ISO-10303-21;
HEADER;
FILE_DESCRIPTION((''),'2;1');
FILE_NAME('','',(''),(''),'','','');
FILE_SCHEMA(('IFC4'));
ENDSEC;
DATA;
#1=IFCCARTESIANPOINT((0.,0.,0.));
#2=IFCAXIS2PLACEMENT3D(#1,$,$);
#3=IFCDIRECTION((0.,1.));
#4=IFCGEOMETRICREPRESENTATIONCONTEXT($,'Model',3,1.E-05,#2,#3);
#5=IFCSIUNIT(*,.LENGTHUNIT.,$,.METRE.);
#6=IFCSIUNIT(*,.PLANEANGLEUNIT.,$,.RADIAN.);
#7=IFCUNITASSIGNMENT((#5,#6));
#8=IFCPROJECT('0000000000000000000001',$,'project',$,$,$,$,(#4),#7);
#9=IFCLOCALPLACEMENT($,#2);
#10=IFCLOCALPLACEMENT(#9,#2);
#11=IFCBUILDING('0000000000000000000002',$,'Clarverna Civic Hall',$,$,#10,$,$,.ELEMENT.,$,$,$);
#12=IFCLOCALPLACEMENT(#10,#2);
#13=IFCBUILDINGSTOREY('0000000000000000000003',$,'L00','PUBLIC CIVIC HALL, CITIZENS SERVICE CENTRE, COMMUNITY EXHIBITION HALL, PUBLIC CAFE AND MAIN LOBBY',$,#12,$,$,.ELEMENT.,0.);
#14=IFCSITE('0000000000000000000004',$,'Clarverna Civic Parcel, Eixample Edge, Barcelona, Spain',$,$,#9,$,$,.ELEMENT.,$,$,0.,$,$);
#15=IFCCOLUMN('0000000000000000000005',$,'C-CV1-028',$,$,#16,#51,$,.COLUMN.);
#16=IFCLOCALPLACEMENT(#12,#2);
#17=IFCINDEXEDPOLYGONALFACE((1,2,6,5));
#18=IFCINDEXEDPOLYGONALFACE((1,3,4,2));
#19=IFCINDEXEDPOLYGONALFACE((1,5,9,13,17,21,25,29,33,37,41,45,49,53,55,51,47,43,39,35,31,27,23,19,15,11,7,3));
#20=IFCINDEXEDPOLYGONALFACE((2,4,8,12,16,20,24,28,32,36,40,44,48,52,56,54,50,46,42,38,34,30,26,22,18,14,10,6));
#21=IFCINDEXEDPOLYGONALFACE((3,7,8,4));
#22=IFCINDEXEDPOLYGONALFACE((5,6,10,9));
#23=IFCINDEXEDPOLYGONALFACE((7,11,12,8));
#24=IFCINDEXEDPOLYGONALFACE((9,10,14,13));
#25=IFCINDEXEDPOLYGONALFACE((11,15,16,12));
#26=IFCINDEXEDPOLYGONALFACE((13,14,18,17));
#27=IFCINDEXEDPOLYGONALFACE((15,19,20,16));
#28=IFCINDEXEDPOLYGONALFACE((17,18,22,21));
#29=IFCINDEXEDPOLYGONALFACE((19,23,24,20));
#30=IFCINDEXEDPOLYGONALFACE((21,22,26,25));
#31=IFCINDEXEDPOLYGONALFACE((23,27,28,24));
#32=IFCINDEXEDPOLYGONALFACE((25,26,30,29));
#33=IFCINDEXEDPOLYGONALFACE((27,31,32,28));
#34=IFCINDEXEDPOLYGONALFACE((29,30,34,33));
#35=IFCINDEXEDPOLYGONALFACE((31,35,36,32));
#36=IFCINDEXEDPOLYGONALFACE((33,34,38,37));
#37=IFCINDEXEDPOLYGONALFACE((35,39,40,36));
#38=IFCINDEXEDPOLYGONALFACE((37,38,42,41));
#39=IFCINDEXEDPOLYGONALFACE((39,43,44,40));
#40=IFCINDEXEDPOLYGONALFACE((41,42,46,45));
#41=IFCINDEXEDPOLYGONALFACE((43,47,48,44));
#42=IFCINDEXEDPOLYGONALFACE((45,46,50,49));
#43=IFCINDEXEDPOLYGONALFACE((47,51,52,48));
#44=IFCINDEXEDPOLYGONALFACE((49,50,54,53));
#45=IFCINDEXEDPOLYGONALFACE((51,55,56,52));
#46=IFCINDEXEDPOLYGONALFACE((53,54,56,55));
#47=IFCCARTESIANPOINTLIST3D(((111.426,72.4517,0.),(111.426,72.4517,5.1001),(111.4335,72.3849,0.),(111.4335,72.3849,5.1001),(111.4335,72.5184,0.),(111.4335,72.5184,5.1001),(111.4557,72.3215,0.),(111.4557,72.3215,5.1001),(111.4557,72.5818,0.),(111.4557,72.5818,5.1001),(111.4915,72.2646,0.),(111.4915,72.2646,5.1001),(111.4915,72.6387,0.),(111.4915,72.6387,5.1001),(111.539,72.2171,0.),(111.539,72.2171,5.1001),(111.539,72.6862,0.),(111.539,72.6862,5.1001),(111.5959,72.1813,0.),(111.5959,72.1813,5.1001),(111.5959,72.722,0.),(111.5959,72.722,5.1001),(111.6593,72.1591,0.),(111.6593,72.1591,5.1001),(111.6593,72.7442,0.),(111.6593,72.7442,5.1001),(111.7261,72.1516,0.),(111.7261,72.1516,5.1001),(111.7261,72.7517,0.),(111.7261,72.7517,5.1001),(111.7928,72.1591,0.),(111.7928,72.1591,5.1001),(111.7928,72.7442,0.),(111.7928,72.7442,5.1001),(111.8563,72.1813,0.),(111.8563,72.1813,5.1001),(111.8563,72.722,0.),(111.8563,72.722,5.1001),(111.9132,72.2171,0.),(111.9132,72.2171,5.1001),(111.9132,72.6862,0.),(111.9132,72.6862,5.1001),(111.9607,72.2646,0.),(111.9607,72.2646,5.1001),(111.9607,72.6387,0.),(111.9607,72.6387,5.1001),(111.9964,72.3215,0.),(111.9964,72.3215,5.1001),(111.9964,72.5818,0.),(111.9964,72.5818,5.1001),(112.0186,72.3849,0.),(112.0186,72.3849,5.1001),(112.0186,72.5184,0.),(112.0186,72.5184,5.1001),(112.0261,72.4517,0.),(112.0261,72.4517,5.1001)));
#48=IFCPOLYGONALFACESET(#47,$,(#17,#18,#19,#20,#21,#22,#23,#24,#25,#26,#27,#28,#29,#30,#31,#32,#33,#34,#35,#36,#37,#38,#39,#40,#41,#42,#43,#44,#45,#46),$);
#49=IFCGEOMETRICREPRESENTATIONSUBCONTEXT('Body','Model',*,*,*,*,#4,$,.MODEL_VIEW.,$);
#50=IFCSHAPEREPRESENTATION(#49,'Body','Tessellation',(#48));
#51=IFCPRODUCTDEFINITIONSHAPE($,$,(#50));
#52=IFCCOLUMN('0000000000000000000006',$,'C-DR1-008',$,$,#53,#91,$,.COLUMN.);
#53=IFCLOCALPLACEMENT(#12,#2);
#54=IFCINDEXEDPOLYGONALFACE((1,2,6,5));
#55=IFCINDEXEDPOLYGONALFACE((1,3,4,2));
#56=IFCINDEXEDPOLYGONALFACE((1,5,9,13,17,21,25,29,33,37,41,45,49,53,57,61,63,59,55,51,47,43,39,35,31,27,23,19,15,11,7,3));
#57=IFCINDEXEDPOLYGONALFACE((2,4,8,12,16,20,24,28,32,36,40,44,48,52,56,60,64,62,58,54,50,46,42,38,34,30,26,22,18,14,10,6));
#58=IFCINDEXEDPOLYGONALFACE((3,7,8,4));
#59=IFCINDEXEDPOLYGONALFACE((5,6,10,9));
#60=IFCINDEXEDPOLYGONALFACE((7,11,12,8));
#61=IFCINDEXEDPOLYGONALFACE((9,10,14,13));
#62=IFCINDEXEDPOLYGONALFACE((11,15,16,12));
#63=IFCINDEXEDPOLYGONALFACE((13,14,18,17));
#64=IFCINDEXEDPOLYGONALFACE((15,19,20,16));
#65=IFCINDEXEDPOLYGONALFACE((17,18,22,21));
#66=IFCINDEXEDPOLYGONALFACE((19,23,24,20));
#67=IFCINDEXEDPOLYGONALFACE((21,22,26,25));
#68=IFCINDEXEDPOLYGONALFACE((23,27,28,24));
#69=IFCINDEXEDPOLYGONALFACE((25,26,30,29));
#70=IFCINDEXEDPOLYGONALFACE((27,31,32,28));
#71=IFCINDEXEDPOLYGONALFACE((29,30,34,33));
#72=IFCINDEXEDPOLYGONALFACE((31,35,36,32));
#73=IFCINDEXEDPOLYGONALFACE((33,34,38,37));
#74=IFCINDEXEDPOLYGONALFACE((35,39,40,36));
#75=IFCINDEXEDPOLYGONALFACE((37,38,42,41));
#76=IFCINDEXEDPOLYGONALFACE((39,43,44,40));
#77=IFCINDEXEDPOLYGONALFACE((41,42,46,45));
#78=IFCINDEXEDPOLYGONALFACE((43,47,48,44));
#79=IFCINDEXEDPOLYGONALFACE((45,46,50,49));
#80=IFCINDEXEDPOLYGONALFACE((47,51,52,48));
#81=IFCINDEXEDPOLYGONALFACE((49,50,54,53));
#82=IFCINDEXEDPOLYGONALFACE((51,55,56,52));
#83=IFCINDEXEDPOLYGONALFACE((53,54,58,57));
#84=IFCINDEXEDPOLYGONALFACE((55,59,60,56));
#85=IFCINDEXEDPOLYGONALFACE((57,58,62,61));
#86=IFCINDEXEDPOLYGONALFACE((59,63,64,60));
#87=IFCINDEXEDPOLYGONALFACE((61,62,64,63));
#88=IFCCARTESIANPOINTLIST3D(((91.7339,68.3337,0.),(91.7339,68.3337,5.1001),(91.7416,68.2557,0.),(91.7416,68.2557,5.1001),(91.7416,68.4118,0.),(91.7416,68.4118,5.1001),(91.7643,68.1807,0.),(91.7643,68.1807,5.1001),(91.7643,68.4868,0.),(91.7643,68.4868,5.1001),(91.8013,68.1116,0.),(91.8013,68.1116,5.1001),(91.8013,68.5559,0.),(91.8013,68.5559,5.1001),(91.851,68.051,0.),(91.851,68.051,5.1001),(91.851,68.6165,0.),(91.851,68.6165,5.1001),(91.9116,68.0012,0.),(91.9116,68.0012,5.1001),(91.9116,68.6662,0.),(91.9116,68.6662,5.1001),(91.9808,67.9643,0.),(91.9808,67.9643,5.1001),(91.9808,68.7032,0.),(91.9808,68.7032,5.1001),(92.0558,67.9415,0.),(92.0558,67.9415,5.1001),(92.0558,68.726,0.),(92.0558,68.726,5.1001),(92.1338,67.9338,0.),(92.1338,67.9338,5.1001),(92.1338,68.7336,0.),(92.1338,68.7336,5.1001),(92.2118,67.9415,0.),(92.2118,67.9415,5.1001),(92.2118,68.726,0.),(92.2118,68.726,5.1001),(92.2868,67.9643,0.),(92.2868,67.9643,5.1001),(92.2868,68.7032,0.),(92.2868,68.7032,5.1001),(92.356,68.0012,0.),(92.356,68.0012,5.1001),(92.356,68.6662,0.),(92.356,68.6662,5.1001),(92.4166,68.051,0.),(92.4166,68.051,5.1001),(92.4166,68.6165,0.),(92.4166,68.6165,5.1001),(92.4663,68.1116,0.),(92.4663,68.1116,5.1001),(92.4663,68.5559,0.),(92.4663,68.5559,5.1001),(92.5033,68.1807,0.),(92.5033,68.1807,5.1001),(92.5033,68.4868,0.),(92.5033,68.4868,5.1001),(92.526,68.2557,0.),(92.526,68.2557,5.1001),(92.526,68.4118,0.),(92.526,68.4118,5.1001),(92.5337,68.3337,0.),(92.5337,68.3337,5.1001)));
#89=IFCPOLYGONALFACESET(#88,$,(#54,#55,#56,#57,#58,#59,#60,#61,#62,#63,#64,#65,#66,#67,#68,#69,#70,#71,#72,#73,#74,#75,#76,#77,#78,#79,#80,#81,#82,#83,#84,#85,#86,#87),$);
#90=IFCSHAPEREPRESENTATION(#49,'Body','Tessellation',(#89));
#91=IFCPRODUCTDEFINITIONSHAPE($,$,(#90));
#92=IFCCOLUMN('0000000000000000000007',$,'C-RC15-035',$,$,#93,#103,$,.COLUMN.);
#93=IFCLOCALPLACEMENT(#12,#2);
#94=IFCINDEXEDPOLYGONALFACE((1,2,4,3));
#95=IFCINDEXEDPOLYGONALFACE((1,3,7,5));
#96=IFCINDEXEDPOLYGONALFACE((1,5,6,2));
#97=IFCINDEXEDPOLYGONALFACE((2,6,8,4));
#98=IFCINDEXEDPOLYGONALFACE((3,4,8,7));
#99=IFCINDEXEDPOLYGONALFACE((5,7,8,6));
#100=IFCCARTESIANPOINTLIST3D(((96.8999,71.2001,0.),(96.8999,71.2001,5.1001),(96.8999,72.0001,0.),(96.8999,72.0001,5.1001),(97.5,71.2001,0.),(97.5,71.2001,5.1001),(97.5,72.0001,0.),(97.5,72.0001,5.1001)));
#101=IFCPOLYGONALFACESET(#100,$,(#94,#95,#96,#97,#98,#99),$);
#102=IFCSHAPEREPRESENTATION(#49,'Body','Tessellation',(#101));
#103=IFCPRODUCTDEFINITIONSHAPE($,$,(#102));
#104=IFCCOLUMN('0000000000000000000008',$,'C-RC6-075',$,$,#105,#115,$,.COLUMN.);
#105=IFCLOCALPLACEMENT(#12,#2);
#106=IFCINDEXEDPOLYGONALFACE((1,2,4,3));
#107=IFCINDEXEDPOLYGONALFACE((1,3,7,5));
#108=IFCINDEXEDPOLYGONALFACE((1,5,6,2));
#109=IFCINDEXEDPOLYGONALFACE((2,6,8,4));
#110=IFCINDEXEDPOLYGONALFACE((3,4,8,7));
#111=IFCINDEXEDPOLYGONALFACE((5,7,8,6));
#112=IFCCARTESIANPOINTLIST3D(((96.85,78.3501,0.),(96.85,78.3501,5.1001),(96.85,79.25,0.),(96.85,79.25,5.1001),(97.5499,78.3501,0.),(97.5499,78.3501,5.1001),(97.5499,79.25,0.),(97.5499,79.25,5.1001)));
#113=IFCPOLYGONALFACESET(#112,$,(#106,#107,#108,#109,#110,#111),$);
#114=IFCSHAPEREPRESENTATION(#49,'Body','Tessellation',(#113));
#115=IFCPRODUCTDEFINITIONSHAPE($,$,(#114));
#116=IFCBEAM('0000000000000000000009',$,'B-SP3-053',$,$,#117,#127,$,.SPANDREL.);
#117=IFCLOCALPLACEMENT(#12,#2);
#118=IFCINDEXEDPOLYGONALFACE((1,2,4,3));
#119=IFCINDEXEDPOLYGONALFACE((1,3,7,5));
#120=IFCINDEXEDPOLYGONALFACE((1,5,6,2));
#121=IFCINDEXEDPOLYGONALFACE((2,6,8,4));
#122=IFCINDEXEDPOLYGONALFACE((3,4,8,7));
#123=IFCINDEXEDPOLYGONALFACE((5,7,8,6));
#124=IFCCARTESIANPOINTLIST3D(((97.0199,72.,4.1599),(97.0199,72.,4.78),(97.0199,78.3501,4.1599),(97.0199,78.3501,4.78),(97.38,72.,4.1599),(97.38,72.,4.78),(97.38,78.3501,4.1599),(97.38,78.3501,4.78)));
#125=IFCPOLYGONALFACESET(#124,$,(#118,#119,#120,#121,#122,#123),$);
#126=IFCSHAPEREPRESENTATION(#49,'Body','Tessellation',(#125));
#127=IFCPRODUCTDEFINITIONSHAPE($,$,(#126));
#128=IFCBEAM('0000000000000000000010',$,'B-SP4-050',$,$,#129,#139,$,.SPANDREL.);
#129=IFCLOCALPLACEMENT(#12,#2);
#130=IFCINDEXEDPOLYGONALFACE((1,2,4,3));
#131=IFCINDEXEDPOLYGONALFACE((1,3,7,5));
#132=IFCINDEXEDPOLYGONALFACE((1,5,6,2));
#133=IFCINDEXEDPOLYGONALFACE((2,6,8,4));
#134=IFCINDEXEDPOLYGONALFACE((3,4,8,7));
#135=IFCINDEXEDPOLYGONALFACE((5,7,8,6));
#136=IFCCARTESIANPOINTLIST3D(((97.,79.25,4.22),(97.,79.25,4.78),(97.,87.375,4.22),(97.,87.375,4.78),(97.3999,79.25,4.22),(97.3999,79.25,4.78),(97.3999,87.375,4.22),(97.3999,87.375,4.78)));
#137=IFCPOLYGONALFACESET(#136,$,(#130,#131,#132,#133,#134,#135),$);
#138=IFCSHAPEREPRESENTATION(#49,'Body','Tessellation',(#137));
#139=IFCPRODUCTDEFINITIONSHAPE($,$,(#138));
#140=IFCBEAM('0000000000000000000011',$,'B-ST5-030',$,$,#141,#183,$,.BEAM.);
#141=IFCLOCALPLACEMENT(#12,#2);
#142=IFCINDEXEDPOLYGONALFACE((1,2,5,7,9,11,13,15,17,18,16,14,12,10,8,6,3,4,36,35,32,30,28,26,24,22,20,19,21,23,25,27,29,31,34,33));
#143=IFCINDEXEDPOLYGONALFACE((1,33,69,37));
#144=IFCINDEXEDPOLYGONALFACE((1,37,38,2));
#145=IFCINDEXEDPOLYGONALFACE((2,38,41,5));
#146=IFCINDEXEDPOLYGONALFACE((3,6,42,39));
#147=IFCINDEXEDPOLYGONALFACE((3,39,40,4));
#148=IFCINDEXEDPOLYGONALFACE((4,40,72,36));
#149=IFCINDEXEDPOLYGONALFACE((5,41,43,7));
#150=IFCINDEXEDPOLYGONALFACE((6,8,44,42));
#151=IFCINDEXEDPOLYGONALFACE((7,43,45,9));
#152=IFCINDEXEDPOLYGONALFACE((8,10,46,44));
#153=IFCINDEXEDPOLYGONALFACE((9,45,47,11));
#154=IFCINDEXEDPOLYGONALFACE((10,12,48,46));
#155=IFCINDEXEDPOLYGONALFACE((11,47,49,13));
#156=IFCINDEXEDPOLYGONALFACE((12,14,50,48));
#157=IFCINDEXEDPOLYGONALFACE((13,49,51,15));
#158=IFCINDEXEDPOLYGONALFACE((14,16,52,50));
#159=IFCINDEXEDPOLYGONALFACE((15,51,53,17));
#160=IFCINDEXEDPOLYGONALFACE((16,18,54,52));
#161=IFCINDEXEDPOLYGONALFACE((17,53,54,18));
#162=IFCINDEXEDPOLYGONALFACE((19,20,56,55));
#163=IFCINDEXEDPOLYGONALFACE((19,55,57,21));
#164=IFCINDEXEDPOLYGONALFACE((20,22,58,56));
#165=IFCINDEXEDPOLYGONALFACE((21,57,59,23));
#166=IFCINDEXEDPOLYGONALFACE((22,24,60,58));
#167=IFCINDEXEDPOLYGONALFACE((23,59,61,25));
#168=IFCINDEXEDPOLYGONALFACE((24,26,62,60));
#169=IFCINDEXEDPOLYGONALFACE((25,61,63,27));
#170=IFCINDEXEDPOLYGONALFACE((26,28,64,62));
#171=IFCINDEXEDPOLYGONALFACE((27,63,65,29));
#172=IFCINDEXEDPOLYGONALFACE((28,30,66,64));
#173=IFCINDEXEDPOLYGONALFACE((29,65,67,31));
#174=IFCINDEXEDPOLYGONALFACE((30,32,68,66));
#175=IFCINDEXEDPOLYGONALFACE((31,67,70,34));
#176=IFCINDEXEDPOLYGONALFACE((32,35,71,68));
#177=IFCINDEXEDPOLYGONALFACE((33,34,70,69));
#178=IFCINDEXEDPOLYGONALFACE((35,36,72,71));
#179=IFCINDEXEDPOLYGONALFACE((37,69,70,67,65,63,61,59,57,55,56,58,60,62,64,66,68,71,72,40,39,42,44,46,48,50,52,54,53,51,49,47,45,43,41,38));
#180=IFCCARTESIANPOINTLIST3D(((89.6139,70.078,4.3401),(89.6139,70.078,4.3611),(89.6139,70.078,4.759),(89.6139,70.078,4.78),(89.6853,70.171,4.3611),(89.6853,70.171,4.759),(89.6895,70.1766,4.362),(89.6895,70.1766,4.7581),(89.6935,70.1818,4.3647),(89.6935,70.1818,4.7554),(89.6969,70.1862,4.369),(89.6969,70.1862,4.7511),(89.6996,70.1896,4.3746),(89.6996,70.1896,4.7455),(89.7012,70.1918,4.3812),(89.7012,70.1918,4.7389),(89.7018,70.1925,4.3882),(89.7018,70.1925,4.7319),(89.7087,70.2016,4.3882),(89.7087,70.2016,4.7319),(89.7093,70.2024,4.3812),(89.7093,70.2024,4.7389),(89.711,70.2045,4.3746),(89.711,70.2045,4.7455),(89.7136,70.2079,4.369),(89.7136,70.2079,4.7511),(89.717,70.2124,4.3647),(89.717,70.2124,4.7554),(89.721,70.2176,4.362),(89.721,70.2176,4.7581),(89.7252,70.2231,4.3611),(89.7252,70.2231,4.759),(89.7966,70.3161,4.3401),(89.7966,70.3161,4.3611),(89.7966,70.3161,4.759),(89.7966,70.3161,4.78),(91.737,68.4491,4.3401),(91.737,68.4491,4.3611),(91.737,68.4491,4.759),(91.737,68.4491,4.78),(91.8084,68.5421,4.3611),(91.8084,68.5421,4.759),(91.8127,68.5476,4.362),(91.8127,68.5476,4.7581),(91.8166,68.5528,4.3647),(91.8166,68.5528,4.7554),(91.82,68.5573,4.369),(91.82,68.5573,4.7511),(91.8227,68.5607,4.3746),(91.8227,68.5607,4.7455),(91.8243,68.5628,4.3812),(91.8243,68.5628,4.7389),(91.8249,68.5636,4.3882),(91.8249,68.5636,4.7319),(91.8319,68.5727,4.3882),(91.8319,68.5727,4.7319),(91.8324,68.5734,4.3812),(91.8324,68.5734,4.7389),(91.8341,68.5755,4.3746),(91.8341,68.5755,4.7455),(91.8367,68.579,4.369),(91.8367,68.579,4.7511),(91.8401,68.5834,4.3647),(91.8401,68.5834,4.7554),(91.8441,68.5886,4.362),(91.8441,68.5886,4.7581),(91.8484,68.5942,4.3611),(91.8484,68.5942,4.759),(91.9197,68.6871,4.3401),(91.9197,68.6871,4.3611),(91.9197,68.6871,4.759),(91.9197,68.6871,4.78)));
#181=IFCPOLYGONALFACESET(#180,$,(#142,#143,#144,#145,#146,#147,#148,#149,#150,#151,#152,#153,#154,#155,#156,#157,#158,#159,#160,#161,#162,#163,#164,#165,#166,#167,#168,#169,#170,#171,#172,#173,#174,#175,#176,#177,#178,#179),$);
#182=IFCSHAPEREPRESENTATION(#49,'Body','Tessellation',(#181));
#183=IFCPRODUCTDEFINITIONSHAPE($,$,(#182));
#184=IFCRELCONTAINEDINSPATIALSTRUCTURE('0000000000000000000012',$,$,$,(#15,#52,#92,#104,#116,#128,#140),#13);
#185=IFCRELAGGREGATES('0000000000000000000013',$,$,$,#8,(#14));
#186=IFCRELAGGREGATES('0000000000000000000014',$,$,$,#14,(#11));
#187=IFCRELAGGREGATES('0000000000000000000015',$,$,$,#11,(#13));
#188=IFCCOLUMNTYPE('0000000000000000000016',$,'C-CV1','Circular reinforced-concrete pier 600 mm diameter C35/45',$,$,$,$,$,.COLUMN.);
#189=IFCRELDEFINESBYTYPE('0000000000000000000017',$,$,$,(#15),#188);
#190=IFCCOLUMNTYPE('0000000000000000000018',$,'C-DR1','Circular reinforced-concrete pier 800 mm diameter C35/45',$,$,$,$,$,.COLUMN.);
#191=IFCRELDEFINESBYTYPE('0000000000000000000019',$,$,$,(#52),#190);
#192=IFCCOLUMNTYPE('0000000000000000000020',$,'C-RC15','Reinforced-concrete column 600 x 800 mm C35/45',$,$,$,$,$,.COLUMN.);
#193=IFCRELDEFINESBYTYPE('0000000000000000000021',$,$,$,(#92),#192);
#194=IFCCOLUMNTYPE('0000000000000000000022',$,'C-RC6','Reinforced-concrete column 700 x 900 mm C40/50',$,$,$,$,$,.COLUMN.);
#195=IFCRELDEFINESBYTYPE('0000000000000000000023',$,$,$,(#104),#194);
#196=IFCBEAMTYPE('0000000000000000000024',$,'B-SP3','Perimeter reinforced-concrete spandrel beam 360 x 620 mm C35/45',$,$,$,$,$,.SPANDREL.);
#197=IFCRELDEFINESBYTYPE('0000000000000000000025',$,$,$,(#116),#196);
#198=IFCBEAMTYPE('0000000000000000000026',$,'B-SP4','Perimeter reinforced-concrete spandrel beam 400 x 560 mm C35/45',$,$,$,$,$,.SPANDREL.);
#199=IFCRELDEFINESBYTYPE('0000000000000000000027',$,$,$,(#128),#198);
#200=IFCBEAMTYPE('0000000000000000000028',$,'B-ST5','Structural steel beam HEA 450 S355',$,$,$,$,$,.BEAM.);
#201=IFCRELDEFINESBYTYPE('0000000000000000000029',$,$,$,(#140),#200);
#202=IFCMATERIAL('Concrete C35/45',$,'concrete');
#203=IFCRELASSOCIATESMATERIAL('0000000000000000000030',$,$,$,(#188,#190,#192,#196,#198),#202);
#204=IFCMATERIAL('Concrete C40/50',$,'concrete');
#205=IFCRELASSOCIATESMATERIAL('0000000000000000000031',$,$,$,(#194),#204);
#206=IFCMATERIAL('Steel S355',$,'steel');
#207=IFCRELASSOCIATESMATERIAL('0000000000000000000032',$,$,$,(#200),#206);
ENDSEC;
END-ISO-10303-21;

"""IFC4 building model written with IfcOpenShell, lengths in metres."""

from ifc_helpers import new_model, si_unit, direction, frame, origin, origin_2d, place, context, subcontext, project, spatial, rectangle, circle, i_section, extrude, material, material_profile, profile_set, type_object, element, save


model = new_model("IFC4")

# Units and contexts
model_context = context("Model", 3, precision=1e-05, world=origin(), true_north=direction((0.0, 1.0)))
body_context = subcontext(model_context, "Body", "Model", "MODEL_VIEW")
ifc_project = project(units=[si_unit("LENGTHUNIT", "METRE"), si_unit("PLANEANGLEUNIT", "RADIAN")], contexts=[model_context])

# Site, building, storey
site_placement = place(None, origin())
site = spatial("IfcSite", under=ifc_project, at=site_placement, Name="Clarverna Civic Parcel, Eixample Edge, Barcelona, Spain", CompositionType="ELEMENT", RefElevation=0.0)
building_placement = place(site_placement, origin())
building = spatial("IfcBuilding", under=site, at=building_placement, Name="Clarverna Civic Hall", CompositionType="ELEMENT")
storey_placement = place(building_placement, origin())
storey = spatial("IfcBuildingStorey", under=building, at=storey_placement, Name="L00", Description="PUBLIC CIVIC HALL, CITIZENS SERVICE CENTRE, COMMUNITY EXHIBITION HALL, PUBLIC CAFE AND MAIN LOBBY", CompositionType="ELEMENT", Elevation=0.0)

# Columns
ifc_material_1 = material(Name="Concrete C35/45", Category="concrete")
ifc_material_profile_1 = material_profile(ifc_material_1, circle(Radius=0.3, at=origin_2d()), Name="RC D600")
ifc_profile_set_1 = profile_set([ifc_material_profile_1], Name="Concrete C35/45")
column_type_1 = type_object("IfcColumnType", Name="C-CV1", Description="Circular reinforced-concrete pier 600 mm diameter C35/45", PredefinedType="COLUMN", material=ifc_profile_set_1)
column_1_placement = place(storey_placement, frame((111.7261, 72.4517, 0.0), z_axis=(0.0, 0.0, 1.0), x_axis=(1.0, 0.0, 0.0)))
element("IfcColumn", 1, at=column_1_placement, inside=storey, type_object=column_type_1, Name="C-CV1-028", PredefinedType="COLUMN", context=body_context, shape_type="SweptSolid", body=[
    extrude(circle(Radius=0.3, at=origin_2d()), origin(), (0.0, 0.0, 1.0), 5.1001),
])
ifc_material_profile_2 = material_profile(ifc_material_1, circle(Radius=0.3999, at=origin_2d()), Name="RC D800")
ifc_profile_set_2 = profile_set([ifc_material_profile_2], Name="Concrete C35/45")
column_type_2 = type_object("IfcColumnType", Name="C-DR1", Description="Circular reinforced-concrete pier 800 mm diameter C35/45", PredefinedType="COLUMN", material=ifc_profile_set_2)
column_2_placement = place(storey_placement, frame((92.1338, 68.3337, 0.0), z_axis=(0.0, 0.0, 1.0), x_axis=(1.0, 0.0, 0.0)))
element("IfcColumn", 2, at=column_2_placement, inside=storey, type_object=column_type_2, Name="C-DR1-008", PredefinedType="COLUMN", context=body_context, shape_type="SweptSolid", body=[
    extrude(circle(Radius=0.3999, at=origin_2d()), origin(), (0.0, 0.0, 1.0), 5.1001),
])
ifc_material_profile_3 = material_profile(ifc_material_1, rectangle(XDim=0.6001, YDim=0.8, at=origin_2d()), Name="RC 600x800")
ifc_profile_set_3 = profile_set([ifc_material_profile_3], Name="Concrete C35/45")
column_type_3 = type_object("IfcColumnType", Name="C-RC15", Description="Reinforced-concrete column 600 x 800 mm C35/45", PredefinedType="COLUMN", material=ifc_profile_set_3)
column_3_placement = place(storey_placement, frame((97.2, 71.6001, 0.0), z_axis=(0.0, 0.0, 1.0), x_axis=(1.0, 0.0, 0.0)))
element("IfcColumn", 3, at=column_3_placement, inside=storey, type_object=column_type_3, Name="C-RC15-035", PredefinedType="COLUMN", context=body_context, shape_type="SweptSolid", body=[
    extrude(rectangle(XDim=0.6001, YDim=0.8, at=origin_2d()), origin(), (0.0, 0.0, 1.0), 5.1001),
])
ifc_material_2 = material(Name="Concrete C40/50", Category="concrete")
ifc_material_profile_4 = material_profile(ifc_material_2, rectangle(XDim=0.7, YDim=0.8999, at=origin_2d()), Name="RC 700x900")
ifc_profile_set_4 = profile_set([ifc_material_profile_4], Name="Concrete C40/50")
column_type_4 = type_object("IfcColumnType", Name="C-RC6", Description="Reinforced-concrete column 700 x 900 mm C40/50", PredefinedType="COLUMN", material=ifc_profile_set_4)
column_4_placement = place(storey_placement, frame((97.2, 78.8, 0.0), z_axis=(0.0, 0.0, 1.0), x_axis=(1.0, 0.0, 0.0)))
element("IfcColumn", 4, at=column_4_placement, inside=storey, type_object=column_type_4, Name="C-RC6-075", PredefinedType="COLUMN", context=body_context, shape_type="SweptSolid", body=[
    extrude(rectangle(XDim=0.7, YDim=0.8999, at=origin_2d()), origin(), (0.0, 0.0, 1.0), 5.1001),
])

# Beams
ifc_material_profile_5 = material_profile(ifc_material_1, rectangle(XDim=0.3601, YDim=0.6201, at=origin_2d()), Name="RC 360x620")
ifc_profile_set_5 = profile_set([ifc_material_profile_5], Name="Concrete C35/45")
beam_type_1 = type_object("IfcBeamType", Name="B-SP3", Description="Perimeter reinforced-concrete spandrel beam 360 x 620 mm C35/45", PredefinedType="SPANDREL", material=ifc_profile_set_5)
beam_1_placement = place(storey_placement, frame((97.2, 72.0, 4.47), z_axis=(0.0, 1.0, 0.0), x_axis=(-1.0, 0.0, 0.0)))
element("IfcBeam", 5, at=beam_1_placement, inside=storey, type_object=beam_type_1, Name="B-SP3-053", PredefinedType="SPANDREL", context=body_context, shape_type="SweptSolid", body=[
    extrude(rectangle(XDim=0.3601, YDim=0.6201, at=origin_2d()), origin(), (0.0, 0.0, 1.0), 6.3501),
])
ifc_material_profile_6 = material_profile(ifc_material_1, rectangle(XDim=0.3999, YDim=0.5601, at=origin_2d()), Name="RC 400x560")
ifc_profile_set_6 = profile_set([ifc_material_profile_6], Name="Concrete C35/45")
beam_type_2 = type_object("IfcBeamType", Name="B-SP4", Description="Perimeter reinforced-concrete spandrel beam 400 x 560 mm C35/45", PredefinedType="SPANDREL", material=ifc_profile_set_6)
beam_2_placement = place(storey_placement, frame((97.2, 79.25, 4.5), z_axis=(0.0, 1.0, 0.0), x_axis=(-1.0, 0.0, 0.0)))
element("IfcBeam", 6, at=beam_2_placement, inside=storey, type_object=beam_type_2, Name="B-SP4-050", PredefinedType="SPANDREL", context=body_context, shape_type="SweptSolid", body=[
    extrude(rectangle(XDim=0.3999, YDim=0.5601, at=origin_2d()), origin(), (0.0, 0.0, 1.0), 8.125),
])
ifc_material_3 = material(Name="Steel S355", Category="steel")
ifc_material_profile_7 = material_profile(ifc_material_3, i_section(OverallWidth=0.3, OverallDepth=0.4399, WebThickness=0.0115, FlangeThickness=0.021, FilletRadius=0.0271, at=origin_2d()), Name="HEA 450")
ifc_profile_set_7 = profile_set([ifc_material_profile_7], Name="Steel S355")
beam_type_3 = type_object("IfcBeamType", Name="B-ST5", Description="Structural steel beam HEA 450 S355", PredefinedType="BEAM", material=ifc_profile_set_7)
beam_3_placement = place(storey_placement, frame((91.8284, 68.5681, 4.5601), z_axis=(-0.793383, 0.608723, 0.0), x_axis=(-0.608723, -0.793383, 0.0)))
element("IfcBeam", 7, at=beam_3_placement, inside=storey, type_object=beam_type_3, Name="B-ST5-030", PredefinedType="BEAM", context=body_context, shape_type="SweptSolid", body=[
    extrude(i_section(OverallWidth=0.3, OverallDepth=0.4399, WebThickness=0.0115, FlangeThickness=0.021, FilletRadius=0.0271, at=origin_2d()), origin(), (0.0, 0.0, 1.0), 2.676),
])

save(model, "model.ifc")
